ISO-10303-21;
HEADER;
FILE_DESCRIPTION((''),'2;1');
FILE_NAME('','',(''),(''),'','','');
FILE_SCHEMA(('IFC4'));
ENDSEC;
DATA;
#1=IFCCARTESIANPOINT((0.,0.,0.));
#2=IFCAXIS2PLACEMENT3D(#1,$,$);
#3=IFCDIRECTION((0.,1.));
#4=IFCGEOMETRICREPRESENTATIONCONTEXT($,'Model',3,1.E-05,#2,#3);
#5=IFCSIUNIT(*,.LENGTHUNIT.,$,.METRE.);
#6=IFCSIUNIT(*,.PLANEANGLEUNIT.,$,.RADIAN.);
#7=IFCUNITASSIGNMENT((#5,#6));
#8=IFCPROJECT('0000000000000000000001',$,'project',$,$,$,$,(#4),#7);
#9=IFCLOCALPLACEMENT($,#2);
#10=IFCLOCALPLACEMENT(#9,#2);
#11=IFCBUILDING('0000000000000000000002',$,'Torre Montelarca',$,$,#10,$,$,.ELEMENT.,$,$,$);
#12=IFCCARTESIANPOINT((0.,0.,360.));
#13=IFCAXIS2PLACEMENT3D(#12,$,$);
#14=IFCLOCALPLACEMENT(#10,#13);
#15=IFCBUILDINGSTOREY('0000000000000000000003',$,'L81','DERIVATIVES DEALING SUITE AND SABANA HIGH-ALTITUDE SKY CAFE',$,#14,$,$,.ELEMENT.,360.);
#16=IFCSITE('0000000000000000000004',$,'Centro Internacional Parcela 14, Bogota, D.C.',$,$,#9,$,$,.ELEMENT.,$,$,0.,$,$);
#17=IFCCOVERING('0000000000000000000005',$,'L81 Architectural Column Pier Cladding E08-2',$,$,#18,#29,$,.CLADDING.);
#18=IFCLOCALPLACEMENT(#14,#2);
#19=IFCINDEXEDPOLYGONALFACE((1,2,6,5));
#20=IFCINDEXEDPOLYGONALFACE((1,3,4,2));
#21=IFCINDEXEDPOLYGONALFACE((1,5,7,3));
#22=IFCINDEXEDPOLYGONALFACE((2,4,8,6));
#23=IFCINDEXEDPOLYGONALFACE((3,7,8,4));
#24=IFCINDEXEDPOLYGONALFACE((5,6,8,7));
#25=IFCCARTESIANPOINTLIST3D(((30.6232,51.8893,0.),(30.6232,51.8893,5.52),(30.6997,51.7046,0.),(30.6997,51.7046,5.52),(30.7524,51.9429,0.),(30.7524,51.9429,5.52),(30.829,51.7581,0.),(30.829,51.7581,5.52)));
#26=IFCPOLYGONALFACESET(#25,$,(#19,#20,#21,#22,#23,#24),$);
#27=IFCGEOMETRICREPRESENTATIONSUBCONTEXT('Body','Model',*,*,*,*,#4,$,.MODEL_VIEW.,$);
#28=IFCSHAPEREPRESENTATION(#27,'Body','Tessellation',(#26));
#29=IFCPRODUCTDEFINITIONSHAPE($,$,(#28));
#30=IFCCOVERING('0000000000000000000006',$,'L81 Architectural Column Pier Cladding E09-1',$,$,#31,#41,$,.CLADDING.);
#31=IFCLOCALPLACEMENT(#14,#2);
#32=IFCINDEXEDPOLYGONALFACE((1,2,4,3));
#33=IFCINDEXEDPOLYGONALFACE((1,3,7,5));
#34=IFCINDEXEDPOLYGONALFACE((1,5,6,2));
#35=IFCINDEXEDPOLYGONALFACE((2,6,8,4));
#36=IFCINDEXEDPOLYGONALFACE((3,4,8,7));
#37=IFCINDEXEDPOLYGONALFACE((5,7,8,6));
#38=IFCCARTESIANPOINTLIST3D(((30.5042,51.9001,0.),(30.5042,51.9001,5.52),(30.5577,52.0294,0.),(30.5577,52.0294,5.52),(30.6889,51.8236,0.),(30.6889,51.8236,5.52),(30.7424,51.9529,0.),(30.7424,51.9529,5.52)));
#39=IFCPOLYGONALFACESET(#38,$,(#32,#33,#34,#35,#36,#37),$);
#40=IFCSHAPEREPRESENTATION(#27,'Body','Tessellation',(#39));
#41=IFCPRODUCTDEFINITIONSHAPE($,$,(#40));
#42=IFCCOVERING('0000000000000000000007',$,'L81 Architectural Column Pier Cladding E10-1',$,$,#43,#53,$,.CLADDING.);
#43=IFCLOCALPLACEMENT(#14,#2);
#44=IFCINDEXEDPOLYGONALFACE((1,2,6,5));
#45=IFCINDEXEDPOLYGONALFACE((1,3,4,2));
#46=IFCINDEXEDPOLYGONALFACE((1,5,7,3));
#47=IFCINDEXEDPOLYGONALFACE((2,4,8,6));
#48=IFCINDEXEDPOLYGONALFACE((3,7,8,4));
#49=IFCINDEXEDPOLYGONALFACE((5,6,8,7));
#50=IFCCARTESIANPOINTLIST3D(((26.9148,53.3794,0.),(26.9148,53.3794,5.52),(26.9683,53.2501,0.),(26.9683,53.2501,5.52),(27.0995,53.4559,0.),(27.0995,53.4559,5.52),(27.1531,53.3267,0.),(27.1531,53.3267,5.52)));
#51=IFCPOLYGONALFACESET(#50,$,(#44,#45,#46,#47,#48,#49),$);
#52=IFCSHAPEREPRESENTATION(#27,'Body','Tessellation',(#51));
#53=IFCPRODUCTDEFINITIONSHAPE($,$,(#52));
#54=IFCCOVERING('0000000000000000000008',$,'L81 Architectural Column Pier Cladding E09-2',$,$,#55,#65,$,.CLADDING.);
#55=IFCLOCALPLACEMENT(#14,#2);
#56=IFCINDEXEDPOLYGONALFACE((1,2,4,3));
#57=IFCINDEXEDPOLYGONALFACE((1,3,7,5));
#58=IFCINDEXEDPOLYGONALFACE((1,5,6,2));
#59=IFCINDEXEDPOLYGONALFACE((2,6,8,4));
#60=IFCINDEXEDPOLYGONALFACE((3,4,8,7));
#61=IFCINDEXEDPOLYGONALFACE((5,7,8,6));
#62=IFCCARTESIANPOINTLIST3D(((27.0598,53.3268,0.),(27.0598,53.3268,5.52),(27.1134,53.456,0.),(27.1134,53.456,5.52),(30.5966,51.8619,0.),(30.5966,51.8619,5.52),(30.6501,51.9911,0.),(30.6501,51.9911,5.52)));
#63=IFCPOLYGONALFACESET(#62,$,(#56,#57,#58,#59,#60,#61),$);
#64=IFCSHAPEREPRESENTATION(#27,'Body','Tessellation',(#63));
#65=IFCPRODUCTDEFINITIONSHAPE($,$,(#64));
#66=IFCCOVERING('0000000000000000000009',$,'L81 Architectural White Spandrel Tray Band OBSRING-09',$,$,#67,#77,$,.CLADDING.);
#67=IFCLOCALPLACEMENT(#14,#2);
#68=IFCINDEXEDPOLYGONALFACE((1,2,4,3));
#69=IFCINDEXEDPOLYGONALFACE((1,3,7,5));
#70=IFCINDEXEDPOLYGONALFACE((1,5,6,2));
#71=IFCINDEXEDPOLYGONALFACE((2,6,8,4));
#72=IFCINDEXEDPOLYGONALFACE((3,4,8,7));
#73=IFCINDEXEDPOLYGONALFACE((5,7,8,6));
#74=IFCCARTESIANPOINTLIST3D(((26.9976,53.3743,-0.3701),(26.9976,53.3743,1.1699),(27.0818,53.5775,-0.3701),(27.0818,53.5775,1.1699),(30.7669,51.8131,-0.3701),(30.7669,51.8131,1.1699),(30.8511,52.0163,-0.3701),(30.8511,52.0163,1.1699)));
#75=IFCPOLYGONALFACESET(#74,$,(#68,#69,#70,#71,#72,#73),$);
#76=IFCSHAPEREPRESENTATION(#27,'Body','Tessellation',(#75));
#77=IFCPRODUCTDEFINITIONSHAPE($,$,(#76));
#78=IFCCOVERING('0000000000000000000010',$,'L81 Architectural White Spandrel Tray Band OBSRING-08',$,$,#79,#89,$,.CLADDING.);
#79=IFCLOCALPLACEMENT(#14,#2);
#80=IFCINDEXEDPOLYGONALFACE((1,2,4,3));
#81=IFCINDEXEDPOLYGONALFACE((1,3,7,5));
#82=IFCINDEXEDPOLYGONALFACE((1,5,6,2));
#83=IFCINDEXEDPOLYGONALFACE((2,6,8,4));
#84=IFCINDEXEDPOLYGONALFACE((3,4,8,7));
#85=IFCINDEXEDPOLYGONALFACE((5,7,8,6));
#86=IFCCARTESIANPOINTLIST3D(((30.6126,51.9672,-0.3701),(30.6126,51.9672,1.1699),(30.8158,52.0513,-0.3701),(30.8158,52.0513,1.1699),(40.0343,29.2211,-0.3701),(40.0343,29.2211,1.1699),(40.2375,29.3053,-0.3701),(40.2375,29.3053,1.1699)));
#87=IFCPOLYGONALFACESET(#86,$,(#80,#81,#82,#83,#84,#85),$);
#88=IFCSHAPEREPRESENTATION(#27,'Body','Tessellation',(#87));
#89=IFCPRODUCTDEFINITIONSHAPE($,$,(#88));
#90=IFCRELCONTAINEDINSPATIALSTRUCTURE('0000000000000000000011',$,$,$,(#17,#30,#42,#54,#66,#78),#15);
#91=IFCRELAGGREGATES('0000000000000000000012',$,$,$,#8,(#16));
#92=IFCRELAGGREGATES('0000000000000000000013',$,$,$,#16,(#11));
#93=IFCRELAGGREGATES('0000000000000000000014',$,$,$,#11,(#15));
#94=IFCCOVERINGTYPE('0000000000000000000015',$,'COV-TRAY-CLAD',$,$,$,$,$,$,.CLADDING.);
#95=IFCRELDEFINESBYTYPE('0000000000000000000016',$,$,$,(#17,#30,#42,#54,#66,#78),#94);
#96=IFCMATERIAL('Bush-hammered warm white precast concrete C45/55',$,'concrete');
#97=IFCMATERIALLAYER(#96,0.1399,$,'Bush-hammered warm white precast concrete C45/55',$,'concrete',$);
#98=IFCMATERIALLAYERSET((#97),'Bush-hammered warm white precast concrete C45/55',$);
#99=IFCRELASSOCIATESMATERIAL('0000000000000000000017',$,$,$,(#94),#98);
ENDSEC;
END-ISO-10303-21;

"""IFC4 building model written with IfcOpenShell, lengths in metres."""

from ifc_helpers import new_model, si_unit, direction, frame, origin, origin_2d, place, context, subcontext, project, spatial, rectangle, extrude, source, transform, mapped, material, layer, layer_set, type_object, element, save


model = new_model("IFC4")

# Units and contexts
model_context = context("Model", 3, precision=1e-05, world=origin(), true_north=direction((0.0, 1.0)))
body_context = subcontext(model_context, "Body", "Model", "MODEL_VIEW")
ifc_project = project(units=[si_unit("LENGTHUNIT", "METRE"), si_unit("PLANEANGLEUNIT", "RADIAN")], contexts=[model_context])

# Site, building, storey
site_placement = place(None, origin())
site = spatial("IfcSite", under=ifc_project, at=site_placement, Name="Centro Internacional Parcela 14, Bogota, D.C.", CompositionType="ELEMENT", RefElevation=0.0)
building_placement = place(site_placement, origin())
building = spatial("IfcBuilding", under=site, at=building_placement, Name="Torre Montelarca", CompositionType="ELEMENT")
storey_placement = place(building_placement, frame((0.0, 0.0, 360.0)))
storey = spatial("IfcBuildingStorey", under=building, at=storey_placement, Name="L81", Description="DERIVATIVES DEALING SUITE AND SABANA HIGH-ALTITUDE SKY CAFE", CompositionType="ELEMENT", Elevation=360.0)

# Coverings
ifc_material_1 = material(Name="Bush-hammered warm white precast concrete C45/55", Category="concrete")
ifc_layer_1 = layer(ifc_material_1, 0.1399, Name="Bush-hammered warm white precast concrete C45/55", Category="concrete")
ifc_layer_set_1 = layer_set([ifc_layer_1], Name="Bush-hammered warm white precast concrete C45/55")
covering_type = type_object("IfcCoveringType", Name="COV-TRAY-CLAD", PredefinedType="CLADDING", material=ifc_layer_set_1)
shared_shape_1 = source(origin(), body_context, "Body", "SweptSolid", [
    extrude(rectangle(XDim=0.2, YDim=0.1399, at=origin_2d()), origin(), (0.0, 0.0, 1.0), 5.52),
])
for number, where, z_axis, x_axis, name in (
    (1, (30.7261, 51.8237, 0.0), (0.0, 0.0, 1.0), (-0.382682, 0.92388, 0.0), "L81 Architectural Column Pier Cladding E08-2"),
    (2, (30.6233, 51.9265, 0.0), (0.0, 0.0, 1.0), (-0.923884, 0.382672, 0.0), "L81 Architectural Column Pier Cladding E09-1"),
    (3, (27.0339, 53.353, 0.0), (0.0, 0.0, 1.0), (-0.923879, -0.382685, 0.0), "L81 Architectural Column Pier Cladding E10-1"),
):
    element("IfcCovering", number, at=place(storey_placement, frame(where, z_axis=z_axis, x_axis=x_axis)), inside=storey, type_object=covering_type, Name=name, PredefinedType="CLADDING", context=body_context, shape_type="MappedRepresentation", body=[
        mapped(shared_shape_1, transform((0.0, 0.0, 0.0), scale=1.0)),
    ])
shared_shape_2 = source(origin(), body_context, "Body", "SweptSolid", [
    extrude(rectangle(XDim=3.8281, YDim=0.1399, at=origin_2d()), origin(), (0.0, 0.0, 1.0), 5.52),
])
covering_1_placement = place(storey_placement, frame((28.855, 52.6589, 0.0), z_axis=(0.0, 0.0, 1.0), x_axis=(-0.923884, 0.382672, 0.0)))
element("IfcCovering", 4, at=covering_1_placement, inside=storey, type_object=covering_type, Name="L81 Architectural Column Pier Cladding E09-2", PredefinedType="CLADDING", context=body_context, shape_type="MappedRepresentation", body=[
    mapped(shared_shape_2, transform((0.0, 0.0, 0.0), scale=1.0)),
])
shared_shape_3 = source(origin(), body_context, "Body", "SweptSolid", [
    extrude(rectangle(XDim=4.0798, YDim=0.22, at=origin_2d()), origin(), (0.0, 0.0, 1.0), 1.54),
])
covering_2_placement = place(storey_placement, frame((28.9243, 52.6953, -0.3701), z_axis=(0.0, 0.0, 1.0), x_axis=(-0.923885, 0.382671, 0.0)))
element("IfcCovering", 5, at=covering_2_placement, inside=storey, type_object=covering_type, Name="L81 Architectural White Spandrel Tray Band OBSRING-09", PredefinedType="CLADDING", context=body_context, shape_type="MappedRepresentation", body=[
    mapped(shared_shape_3, transform((0.0, 0.0, 0.0), scale=1.0)),
])
shared_shape_4 = source(origin(), body_context, "Body", "SweptSolid", [
    extrude(rectangle(XDim=24.6201, YDim=0.22, at=origin_2d()), origin(), (0.0, 0.0, 1.0), 1.54),
])
covering_3_placement = place(storey_placement, frame((35.425, 40.6362, -0.3701), z_axis=(0.0, 0.0, 1.0), x_axis=(-0.382682, 0.92388, 0.0)))
element("IfcCovering", 6, at=covering_3_placement, inside=storey, type_object=covering_type, Name="L81 Architectural White Spandrel Tray Band OBSRING-08", PredefinedType="CLADDING", context=body_context, shape_type="MappedRepresentation", body=[
    mapped(shared_shape_4, transform((0.0, 0.0, 0.0), scale=1.0)),
])

save(model, "model.ifc")
